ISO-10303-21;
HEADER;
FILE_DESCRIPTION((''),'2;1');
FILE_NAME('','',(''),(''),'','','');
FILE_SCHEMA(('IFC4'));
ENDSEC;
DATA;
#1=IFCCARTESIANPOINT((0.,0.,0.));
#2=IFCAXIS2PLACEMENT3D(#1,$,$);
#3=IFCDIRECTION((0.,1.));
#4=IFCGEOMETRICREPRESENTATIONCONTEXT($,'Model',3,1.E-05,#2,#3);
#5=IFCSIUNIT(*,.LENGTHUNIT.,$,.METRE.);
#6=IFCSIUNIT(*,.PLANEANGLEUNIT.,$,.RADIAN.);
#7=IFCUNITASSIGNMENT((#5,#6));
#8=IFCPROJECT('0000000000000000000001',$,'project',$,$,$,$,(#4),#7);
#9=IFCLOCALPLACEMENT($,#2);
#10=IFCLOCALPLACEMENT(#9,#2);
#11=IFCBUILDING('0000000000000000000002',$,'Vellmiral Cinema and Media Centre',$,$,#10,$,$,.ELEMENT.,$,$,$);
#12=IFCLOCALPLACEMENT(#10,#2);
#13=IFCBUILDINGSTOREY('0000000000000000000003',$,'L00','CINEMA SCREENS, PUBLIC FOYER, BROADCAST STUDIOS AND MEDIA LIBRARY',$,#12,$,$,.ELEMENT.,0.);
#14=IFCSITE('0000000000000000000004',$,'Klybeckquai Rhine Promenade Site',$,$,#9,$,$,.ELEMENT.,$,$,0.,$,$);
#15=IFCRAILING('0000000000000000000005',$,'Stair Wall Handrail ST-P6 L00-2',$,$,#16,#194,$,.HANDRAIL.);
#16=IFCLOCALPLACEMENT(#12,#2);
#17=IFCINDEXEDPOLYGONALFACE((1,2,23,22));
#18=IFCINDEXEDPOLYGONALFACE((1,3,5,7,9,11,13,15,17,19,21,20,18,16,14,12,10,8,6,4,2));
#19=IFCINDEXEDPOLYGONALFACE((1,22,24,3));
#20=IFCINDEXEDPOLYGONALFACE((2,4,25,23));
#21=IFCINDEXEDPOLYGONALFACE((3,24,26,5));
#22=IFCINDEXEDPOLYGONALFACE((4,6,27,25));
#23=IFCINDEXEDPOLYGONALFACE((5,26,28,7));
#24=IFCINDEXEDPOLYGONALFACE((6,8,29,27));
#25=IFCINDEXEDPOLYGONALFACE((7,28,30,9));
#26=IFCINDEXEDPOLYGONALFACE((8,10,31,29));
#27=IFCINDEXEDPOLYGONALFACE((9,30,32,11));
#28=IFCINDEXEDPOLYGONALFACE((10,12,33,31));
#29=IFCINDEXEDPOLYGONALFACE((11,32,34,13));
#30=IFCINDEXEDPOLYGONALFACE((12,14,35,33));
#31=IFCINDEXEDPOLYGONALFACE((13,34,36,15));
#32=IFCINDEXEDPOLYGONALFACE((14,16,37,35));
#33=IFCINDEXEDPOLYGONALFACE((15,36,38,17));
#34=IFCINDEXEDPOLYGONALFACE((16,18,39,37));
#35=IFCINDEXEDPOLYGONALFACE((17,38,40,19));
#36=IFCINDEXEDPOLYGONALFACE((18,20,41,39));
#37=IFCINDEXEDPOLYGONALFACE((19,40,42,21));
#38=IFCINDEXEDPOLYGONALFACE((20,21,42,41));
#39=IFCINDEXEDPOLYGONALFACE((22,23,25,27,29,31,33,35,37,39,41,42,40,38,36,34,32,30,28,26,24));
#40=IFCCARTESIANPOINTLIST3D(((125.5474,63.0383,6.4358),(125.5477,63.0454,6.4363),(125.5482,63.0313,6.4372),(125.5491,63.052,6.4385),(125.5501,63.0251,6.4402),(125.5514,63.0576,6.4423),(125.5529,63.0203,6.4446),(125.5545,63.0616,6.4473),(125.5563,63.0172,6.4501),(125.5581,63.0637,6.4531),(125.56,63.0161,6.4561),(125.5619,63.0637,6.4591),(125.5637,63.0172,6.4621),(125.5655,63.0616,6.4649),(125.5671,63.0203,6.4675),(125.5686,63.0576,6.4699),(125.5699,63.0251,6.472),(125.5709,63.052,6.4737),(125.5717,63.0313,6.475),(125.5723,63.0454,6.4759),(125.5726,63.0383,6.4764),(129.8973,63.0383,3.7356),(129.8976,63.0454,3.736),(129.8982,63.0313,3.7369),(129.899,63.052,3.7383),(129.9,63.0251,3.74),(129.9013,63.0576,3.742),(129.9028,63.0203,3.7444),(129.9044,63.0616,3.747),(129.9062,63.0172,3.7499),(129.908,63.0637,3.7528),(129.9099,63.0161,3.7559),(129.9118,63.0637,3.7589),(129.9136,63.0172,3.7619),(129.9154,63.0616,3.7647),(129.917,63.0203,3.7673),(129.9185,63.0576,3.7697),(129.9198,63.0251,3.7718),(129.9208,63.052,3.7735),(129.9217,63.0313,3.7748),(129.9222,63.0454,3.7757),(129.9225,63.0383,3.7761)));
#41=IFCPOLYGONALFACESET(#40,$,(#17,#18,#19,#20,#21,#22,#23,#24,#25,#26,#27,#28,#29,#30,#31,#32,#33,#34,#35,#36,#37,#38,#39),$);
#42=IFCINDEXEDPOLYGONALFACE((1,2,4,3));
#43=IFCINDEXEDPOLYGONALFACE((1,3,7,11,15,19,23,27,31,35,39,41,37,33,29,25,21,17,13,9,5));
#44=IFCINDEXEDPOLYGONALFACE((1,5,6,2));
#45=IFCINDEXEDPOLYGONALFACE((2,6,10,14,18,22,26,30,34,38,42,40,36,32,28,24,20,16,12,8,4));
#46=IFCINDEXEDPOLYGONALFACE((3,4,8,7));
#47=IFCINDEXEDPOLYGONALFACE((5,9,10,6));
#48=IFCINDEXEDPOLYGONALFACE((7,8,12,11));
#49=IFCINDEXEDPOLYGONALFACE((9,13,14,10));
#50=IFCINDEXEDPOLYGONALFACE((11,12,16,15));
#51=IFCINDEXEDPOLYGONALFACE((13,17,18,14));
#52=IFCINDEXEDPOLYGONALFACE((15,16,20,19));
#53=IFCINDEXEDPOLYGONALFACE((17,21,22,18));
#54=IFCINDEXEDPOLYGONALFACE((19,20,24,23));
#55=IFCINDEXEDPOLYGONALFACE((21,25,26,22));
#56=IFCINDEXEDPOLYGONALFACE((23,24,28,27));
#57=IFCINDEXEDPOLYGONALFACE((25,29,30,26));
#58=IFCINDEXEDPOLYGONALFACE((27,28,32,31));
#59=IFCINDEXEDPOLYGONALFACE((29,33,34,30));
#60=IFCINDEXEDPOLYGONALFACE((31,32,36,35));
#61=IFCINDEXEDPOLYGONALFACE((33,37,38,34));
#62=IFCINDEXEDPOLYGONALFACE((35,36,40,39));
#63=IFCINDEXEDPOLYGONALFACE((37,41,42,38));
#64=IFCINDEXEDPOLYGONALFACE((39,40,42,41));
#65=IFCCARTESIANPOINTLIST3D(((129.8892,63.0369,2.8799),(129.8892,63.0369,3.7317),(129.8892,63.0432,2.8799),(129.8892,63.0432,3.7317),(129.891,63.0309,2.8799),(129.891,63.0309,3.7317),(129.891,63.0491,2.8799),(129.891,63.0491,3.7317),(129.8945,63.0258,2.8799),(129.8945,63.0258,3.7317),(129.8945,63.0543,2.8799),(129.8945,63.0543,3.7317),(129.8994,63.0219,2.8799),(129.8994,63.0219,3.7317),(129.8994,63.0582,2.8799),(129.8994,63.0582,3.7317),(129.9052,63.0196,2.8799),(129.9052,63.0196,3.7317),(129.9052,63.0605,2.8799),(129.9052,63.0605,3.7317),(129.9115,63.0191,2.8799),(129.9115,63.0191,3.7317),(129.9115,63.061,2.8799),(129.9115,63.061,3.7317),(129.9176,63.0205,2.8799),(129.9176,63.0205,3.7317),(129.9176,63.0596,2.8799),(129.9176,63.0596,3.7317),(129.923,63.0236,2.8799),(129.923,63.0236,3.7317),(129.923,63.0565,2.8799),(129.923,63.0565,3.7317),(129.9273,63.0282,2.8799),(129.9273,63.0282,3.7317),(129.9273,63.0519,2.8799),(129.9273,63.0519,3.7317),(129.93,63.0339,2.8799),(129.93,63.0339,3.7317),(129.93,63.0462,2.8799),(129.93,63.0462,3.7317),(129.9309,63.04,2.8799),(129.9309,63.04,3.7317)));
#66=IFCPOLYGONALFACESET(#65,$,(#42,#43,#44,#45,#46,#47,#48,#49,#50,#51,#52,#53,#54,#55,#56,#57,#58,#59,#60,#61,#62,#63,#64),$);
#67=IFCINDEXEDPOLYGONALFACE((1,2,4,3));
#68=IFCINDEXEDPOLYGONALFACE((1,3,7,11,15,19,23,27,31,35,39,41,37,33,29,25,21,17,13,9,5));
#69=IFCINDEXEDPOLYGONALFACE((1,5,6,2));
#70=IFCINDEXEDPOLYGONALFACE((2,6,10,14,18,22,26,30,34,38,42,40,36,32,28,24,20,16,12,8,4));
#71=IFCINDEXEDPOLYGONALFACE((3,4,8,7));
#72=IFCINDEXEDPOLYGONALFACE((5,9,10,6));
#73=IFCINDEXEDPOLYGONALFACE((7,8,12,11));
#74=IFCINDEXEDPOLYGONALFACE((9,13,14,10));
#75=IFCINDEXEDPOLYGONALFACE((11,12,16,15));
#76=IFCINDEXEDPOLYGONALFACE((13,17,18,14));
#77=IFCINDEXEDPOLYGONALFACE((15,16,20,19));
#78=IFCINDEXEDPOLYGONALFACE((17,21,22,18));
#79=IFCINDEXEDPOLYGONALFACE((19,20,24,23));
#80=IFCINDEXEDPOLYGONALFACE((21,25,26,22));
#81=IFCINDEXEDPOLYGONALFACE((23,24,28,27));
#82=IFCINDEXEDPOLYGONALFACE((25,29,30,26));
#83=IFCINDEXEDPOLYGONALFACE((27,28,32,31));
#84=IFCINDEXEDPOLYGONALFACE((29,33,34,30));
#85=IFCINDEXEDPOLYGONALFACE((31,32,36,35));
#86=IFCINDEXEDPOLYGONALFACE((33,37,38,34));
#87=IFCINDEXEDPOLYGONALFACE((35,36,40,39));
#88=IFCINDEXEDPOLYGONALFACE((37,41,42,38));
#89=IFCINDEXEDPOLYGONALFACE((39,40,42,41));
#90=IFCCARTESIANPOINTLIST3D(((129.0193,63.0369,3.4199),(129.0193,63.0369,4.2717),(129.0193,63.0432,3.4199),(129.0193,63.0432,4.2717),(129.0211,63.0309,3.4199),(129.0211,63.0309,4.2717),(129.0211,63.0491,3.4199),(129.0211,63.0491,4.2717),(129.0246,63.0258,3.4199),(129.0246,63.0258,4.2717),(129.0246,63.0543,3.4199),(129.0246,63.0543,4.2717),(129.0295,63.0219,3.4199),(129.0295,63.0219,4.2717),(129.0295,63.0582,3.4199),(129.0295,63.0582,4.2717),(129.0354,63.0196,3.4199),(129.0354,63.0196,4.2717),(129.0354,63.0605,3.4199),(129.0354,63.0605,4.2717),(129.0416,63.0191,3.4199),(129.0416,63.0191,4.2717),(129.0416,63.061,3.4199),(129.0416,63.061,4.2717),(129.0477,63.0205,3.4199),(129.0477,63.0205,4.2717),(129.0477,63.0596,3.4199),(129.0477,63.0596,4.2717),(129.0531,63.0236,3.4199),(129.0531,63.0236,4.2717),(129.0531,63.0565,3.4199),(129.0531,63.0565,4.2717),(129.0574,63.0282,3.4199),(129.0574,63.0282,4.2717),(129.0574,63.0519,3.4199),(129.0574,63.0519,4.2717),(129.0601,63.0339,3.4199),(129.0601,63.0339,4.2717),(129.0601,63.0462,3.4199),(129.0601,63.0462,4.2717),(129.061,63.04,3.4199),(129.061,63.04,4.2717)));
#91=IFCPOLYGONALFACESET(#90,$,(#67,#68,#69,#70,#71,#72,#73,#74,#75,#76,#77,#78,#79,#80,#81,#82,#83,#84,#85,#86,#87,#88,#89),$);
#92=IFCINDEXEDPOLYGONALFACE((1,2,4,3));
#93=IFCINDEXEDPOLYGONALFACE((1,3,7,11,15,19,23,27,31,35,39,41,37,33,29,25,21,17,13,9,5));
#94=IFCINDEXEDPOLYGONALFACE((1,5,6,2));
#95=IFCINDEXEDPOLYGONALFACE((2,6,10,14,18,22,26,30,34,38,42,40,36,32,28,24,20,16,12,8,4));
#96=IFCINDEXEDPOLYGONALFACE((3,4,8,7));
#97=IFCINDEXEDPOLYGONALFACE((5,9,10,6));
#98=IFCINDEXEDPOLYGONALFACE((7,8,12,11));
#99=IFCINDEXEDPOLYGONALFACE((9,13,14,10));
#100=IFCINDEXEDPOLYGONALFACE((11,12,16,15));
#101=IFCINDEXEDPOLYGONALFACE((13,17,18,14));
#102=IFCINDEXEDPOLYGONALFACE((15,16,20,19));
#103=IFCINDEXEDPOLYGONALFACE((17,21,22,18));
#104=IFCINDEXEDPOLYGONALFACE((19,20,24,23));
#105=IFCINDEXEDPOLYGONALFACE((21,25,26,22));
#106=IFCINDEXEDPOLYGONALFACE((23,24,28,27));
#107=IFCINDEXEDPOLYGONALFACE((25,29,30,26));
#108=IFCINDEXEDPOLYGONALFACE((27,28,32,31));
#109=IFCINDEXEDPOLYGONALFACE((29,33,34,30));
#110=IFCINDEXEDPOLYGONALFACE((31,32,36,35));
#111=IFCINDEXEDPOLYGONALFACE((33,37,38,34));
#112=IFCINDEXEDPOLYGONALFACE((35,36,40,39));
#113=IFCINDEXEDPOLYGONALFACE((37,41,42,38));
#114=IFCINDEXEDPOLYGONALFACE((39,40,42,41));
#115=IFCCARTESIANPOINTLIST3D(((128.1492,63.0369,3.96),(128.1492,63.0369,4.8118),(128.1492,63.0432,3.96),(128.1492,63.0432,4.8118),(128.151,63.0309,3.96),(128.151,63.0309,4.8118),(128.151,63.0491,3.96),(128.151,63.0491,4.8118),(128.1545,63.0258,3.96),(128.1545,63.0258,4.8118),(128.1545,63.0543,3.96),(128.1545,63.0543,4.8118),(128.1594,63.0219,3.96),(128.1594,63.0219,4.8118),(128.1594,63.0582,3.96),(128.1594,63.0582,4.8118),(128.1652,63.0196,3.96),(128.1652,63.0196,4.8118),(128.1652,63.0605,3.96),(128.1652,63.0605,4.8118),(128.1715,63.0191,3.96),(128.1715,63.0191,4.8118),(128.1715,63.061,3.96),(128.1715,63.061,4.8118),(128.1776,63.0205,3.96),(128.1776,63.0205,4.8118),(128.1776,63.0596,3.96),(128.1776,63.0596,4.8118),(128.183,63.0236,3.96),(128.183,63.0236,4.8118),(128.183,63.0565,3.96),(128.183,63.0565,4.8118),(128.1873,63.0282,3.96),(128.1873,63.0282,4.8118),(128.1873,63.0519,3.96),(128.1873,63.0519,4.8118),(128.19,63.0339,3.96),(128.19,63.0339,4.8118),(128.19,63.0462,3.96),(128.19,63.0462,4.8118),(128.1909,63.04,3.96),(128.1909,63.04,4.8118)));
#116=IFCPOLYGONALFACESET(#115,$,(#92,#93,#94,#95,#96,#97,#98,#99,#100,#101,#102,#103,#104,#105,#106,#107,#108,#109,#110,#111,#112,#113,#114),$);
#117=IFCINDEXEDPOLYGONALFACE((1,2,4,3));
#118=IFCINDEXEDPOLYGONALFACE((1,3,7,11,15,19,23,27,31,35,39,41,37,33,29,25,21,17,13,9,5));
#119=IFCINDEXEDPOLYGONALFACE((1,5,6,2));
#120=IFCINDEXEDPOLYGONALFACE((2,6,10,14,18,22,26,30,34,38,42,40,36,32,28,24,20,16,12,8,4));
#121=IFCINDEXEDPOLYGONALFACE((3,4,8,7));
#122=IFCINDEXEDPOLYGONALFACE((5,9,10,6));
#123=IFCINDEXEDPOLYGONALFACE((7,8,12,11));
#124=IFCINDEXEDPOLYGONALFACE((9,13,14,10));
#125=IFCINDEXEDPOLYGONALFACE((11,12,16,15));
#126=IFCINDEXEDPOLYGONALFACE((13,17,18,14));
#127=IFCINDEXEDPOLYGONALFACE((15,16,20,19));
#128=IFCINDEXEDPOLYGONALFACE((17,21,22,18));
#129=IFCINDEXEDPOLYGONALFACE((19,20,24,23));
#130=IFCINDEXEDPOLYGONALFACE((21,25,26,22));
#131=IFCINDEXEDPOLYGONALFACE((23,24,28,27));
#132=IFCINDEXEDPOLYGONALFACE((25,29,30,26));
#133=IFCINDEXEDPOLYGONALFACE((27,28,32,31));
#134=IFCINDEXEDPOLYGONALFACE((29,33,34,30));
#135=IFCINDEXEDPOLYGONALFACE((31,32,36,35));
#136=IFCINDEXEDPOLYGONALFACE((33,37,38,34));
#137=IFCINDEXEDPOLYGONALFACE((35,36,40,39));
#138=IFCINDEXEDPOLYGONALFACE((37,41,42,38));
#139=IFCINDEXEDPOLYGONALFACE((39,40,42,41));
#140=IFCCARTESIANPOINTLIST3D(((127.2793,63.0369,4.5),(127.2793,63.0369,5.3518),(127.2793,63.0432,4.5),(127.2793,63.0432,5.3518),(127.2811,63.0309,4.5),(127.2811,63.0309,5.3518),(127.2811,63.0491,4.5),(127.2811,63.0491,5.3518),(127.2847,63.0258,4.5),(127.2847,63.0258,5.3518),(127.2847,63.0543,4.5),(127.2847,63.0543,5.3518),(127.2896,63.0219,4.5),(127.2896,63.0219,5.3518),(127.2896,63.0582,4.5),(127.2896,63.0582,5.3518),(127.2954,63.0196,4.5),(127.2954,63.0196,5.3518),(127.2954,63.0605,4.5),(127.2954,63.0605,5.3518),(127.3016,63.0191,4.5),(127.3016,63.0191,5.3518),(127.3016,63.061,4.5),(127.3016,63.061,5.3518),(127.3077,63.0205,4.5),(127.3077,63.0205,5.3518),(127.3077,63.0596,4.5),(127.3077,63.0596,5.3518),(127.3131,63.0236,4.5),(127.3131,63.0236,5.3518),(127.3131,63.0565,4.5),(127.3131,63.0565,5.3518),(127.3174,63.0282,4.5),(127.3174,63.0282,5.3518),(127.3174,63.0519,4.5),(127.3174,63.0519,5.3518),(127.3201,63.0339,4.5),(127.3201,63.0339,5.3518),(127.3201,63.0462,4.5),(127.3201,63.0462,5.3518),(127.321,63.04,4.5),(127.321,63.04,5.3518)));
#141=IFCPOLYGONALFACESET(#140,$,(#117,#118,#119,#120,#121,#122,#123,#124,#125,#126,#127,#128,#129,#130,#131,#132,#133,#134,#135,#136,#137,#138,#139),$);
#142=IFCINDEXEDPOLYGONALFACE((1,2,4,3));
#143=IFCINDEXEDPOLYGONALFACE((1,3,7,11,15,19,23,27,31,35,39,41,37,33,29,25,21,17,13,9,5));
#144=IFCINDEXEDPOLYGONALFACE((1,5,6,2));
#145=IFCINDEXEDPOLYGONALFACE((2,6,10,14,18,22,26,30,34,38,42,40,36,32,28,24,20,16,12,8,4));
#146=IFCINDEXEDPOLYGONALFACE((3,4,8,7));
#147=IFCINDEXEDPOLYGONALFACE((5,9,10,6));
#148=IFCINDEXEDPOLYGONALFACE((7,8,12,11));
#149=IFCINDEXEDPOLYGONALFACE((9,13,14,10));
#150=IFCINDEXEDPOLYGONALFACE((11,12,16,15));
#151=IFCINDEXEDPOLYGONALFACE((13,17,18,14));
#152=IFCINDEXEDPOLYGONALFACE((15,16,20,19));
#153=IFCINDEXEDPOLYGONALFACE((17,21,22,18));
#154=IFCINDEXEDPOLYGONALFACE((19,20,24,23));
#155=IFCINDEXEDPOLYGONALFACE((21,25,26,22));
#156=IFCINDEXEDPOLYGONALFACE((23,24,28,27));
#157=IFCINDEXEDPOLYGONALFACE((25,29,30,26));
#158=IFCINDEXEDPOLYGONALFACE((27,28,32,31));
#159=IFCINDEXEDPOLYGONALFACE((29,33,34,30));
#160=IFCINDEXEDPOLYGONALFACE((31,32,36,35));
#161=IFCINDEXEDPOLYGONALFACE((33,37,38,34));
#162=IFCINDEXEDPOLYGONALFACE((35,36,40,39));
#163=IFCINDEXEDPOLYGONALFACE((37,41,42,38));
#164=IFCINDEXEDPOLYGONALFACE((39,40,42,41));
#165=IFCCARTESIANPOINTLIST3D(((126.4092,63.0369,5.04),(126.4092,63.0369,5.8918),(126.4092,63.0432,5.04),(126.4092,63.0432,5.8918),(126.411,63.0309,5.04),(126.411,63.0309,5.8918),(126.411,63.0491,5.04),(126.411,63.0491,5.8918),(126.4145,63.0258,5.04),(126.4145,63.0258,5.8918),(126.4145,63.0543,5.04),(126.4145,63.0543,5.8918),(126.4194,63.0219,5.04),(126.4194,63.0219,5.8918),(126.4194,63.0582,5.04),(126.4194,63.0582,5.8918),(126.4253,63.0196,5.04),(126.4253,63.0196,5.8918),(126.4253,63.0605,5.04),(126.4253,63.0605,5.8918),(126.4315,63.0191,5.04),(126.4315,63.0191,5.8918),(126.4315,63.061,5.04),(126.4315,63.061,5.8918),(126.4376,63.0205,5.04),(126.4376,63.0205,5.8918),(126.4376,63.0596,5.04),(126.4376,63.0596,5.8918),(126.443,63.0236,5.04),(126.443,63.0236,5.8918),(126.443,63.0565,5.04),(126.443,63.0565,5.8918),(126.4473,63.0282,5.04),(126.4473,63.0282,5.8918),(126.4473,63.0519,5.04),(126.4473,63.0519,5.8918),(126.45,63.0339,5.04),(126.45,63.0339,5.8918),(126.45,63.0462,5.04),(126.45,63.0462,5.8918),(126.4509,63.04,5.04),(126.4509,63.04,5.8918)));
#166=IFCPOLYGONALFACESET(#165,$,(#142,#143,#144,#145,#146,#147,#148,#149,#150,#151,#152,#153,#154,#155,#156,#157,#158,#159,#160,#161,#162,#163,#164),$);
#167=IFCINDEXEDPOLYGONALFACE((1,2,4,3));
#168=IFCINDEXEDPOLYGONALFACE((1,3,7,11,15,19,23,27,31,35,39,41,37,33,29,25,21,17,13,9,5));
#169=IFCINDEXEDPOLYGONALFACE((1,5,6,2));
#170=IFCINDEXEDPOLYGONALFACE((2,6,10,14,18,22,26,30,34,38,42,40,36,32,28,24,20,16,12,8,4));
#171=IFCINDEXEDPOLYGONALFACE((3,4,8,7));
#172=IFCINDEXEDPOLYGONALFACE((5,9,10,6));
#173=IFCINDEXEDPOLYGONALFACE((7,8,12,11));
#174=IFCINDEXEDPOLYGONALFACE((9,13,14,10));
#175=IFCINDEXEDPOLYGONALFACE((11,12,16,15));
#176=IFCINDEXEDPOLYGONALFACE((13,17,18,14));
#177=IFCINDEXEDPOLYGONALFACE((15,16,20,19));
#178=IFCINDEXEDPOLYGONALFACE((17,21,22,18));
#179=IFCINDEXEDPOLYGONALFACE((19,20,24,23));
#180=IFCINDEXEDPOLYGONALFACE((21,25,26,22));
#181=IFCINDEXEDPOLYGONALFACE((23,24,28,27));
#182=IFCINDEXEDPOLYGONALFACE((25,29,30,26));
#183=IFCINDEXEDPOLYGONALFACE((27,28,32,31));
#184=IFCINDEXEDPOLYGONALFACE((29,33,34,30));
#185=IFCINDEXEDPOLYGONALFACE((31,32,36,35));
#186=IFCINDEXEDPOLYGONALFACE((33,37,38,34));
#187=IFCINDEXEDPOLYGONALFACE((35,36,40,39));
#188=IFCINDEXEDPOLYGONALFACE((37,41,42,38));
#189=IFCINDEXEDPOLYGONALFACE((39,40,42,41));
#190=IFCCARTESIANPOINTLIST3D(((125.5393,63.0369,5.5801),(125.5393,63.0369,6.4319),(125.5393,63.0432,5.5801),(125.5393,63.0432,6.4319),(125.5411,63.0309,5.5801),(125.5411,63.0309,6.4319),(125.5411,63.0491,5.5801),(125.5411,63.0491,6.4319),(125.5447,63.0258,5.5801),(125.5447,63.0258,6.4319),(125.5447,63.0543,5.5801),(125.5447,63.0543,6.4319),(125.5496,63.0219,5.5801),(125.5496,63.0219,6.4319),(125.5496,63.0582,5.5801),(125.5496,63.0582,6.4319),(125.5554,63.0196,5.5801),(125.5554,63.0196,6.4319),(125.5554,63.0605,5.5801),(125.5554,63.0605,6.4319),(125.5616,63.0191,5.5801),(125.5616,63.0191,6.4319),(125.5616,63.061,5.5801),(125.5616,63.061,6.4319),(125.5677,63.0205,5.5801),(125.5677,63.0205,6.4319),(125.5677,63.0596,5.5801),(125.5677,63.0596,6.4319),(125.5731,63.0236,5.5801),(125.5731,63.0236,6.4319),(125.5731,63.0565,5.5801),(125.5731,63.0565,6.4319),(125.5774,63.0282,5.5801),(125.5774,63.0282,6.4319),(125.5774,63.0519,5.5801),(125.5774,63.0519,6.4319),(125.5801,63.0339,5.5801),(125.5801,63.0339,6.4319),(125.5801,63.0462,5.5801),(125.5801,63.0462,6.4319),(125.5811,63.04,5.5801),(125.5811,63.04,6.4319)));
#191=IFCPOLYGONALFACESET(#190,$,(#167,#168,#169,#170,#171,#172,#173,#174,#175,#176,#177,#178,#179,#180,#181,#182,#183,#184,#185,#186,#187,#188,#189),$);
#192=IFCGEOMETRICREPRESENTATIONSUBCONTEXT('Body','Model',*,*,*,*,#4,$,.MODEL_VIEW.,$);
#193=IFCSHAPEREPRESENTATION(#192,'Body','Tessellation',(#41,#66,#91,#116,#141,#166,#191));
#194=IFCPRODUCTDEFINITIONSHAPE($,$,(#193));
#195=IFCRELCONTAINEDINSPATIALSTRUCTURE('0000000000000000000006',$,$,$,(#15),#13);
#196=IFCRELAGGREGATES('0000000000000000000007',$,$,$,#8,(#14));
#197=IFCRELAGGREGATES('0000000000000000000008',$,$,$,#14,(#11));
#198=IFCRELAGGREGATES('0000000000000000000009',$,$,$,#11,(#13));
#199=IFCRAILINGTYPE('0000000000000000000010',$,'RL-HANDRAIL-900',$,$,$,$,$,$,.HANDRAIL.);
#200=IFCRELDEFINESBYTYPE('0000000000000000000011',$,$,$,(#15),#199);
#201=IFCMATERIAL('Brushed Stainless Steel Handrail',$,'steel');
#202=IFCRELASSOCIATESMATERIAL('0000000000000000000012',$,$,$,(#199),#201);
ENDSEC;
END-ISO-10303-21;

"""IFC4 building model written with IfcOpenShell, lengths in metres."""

from ifc_helpers import new_model, si_unit, direction, frame, origin, origin_2d, place, context, subcontext, project, spatial, circle, extrude, material, type_object, element, save


model = new_model("IFC4")

# Units and contexts
model_context = context("Model", 3, precision=1e-05, world=origin(), true_north=direction((0.0, 1.0)))
body_context = subcontext(model_context, "Body", "Model", "MODEL_VIEW")
ifc_project = project(units=[si_unit("LENGTHUNIT", "METRE"), si_unit("PLANEANGLEUNIT", "RADIAN")], contexts=[model_context])

# Site, building, storey
site_placement = place(None, origin())
site = spatial("IfcSite", under=ifc_project, at=site_placement, Name="Klybeckquai Rhine Promenade Site", CompositionType="ELEMENT", RefElevation=0.0)
building_placement = place(site_placement, origin())
building = spatial("IfcBuilding", under=site, at=building_placement, Name="Vellmiral Cinema and Media Centre", CompositionType="ELEMENT")
storey_placement = place(building_placement, origin())
storey = spatial("IfcBuildingStorey", under=building, at=storey_placement, Name="L00", Description="CINEMA SCREENS, PUBLIC FOYER, BROADCAST STUDIOS AND MEDIA LIBRARY", CompositionType="ELEMENT", Elevation=0.0)

# Railing
ifc_material_1 = material(Name="Brushed Stainless Steel Handrail", Category="steel")
railing_type_1 = type_object("IfcRailingType", Name="RL-HANDRAIL-900", PredefinedType="HANDRAIL", material=ifc_material_1)
railing_1_placement = place(storey_placement, frame((129.9099, 63.04, 2.8799)))
element("IfcRailing", 1, at=railing_1_placement, inside=storey, type_object=railing_type_1, Name="Stair Wall Handrail ST-P6 L00-2", PredefinedType="HANDRAIL", context=body_context, shape_type="SweptSolid", body=[
    extrude(circle(Radius=0.0239, at=origin_2d()), frame((0.0, 0.0, 0.876), z_axis=(-0.849615, 0.0, 0.527403), x_axis=(0.0, -1.0, 0.0)), (0.0, 0.0, 1.0), 5.1199),
    extrude(circle(Radius=0.021, at=origin_2d()), origin(), (0.0, 0.0, 1.0), 0.8518),
    extrude(circle(Radius=0.021, at=origin_2d()), frame((-0.8699, 0.0, 0.54)), (0.0, 0.0, 1.0), 0.8518),
    extrude(circle(Radius=0.021, at=origin_2d()), frame((-1.74, 0.0, 1.0801)), (0.0, 0.0, 1.0), 0.8518),
    extrude(circle(Radius=0.021, at=origin_2d()), frame((-2.6099, 0.0, 1.6201)), (0.0, 0.0, 1.0), 0.8518),
    extrude(circle(Radius=0.021, at=origin_2d()), frame((-3.48, 0.0, 2.1602)), (0.0, 0.0, 1.0), 0.8518),
    extrude(circle(Radius=0.021, at=origin_2d()), frame((-4.3499, 0.0, 2.7002)), (0.0, 0.0, 1.0), 0.8518),
])

save(model, "model.ifc")
